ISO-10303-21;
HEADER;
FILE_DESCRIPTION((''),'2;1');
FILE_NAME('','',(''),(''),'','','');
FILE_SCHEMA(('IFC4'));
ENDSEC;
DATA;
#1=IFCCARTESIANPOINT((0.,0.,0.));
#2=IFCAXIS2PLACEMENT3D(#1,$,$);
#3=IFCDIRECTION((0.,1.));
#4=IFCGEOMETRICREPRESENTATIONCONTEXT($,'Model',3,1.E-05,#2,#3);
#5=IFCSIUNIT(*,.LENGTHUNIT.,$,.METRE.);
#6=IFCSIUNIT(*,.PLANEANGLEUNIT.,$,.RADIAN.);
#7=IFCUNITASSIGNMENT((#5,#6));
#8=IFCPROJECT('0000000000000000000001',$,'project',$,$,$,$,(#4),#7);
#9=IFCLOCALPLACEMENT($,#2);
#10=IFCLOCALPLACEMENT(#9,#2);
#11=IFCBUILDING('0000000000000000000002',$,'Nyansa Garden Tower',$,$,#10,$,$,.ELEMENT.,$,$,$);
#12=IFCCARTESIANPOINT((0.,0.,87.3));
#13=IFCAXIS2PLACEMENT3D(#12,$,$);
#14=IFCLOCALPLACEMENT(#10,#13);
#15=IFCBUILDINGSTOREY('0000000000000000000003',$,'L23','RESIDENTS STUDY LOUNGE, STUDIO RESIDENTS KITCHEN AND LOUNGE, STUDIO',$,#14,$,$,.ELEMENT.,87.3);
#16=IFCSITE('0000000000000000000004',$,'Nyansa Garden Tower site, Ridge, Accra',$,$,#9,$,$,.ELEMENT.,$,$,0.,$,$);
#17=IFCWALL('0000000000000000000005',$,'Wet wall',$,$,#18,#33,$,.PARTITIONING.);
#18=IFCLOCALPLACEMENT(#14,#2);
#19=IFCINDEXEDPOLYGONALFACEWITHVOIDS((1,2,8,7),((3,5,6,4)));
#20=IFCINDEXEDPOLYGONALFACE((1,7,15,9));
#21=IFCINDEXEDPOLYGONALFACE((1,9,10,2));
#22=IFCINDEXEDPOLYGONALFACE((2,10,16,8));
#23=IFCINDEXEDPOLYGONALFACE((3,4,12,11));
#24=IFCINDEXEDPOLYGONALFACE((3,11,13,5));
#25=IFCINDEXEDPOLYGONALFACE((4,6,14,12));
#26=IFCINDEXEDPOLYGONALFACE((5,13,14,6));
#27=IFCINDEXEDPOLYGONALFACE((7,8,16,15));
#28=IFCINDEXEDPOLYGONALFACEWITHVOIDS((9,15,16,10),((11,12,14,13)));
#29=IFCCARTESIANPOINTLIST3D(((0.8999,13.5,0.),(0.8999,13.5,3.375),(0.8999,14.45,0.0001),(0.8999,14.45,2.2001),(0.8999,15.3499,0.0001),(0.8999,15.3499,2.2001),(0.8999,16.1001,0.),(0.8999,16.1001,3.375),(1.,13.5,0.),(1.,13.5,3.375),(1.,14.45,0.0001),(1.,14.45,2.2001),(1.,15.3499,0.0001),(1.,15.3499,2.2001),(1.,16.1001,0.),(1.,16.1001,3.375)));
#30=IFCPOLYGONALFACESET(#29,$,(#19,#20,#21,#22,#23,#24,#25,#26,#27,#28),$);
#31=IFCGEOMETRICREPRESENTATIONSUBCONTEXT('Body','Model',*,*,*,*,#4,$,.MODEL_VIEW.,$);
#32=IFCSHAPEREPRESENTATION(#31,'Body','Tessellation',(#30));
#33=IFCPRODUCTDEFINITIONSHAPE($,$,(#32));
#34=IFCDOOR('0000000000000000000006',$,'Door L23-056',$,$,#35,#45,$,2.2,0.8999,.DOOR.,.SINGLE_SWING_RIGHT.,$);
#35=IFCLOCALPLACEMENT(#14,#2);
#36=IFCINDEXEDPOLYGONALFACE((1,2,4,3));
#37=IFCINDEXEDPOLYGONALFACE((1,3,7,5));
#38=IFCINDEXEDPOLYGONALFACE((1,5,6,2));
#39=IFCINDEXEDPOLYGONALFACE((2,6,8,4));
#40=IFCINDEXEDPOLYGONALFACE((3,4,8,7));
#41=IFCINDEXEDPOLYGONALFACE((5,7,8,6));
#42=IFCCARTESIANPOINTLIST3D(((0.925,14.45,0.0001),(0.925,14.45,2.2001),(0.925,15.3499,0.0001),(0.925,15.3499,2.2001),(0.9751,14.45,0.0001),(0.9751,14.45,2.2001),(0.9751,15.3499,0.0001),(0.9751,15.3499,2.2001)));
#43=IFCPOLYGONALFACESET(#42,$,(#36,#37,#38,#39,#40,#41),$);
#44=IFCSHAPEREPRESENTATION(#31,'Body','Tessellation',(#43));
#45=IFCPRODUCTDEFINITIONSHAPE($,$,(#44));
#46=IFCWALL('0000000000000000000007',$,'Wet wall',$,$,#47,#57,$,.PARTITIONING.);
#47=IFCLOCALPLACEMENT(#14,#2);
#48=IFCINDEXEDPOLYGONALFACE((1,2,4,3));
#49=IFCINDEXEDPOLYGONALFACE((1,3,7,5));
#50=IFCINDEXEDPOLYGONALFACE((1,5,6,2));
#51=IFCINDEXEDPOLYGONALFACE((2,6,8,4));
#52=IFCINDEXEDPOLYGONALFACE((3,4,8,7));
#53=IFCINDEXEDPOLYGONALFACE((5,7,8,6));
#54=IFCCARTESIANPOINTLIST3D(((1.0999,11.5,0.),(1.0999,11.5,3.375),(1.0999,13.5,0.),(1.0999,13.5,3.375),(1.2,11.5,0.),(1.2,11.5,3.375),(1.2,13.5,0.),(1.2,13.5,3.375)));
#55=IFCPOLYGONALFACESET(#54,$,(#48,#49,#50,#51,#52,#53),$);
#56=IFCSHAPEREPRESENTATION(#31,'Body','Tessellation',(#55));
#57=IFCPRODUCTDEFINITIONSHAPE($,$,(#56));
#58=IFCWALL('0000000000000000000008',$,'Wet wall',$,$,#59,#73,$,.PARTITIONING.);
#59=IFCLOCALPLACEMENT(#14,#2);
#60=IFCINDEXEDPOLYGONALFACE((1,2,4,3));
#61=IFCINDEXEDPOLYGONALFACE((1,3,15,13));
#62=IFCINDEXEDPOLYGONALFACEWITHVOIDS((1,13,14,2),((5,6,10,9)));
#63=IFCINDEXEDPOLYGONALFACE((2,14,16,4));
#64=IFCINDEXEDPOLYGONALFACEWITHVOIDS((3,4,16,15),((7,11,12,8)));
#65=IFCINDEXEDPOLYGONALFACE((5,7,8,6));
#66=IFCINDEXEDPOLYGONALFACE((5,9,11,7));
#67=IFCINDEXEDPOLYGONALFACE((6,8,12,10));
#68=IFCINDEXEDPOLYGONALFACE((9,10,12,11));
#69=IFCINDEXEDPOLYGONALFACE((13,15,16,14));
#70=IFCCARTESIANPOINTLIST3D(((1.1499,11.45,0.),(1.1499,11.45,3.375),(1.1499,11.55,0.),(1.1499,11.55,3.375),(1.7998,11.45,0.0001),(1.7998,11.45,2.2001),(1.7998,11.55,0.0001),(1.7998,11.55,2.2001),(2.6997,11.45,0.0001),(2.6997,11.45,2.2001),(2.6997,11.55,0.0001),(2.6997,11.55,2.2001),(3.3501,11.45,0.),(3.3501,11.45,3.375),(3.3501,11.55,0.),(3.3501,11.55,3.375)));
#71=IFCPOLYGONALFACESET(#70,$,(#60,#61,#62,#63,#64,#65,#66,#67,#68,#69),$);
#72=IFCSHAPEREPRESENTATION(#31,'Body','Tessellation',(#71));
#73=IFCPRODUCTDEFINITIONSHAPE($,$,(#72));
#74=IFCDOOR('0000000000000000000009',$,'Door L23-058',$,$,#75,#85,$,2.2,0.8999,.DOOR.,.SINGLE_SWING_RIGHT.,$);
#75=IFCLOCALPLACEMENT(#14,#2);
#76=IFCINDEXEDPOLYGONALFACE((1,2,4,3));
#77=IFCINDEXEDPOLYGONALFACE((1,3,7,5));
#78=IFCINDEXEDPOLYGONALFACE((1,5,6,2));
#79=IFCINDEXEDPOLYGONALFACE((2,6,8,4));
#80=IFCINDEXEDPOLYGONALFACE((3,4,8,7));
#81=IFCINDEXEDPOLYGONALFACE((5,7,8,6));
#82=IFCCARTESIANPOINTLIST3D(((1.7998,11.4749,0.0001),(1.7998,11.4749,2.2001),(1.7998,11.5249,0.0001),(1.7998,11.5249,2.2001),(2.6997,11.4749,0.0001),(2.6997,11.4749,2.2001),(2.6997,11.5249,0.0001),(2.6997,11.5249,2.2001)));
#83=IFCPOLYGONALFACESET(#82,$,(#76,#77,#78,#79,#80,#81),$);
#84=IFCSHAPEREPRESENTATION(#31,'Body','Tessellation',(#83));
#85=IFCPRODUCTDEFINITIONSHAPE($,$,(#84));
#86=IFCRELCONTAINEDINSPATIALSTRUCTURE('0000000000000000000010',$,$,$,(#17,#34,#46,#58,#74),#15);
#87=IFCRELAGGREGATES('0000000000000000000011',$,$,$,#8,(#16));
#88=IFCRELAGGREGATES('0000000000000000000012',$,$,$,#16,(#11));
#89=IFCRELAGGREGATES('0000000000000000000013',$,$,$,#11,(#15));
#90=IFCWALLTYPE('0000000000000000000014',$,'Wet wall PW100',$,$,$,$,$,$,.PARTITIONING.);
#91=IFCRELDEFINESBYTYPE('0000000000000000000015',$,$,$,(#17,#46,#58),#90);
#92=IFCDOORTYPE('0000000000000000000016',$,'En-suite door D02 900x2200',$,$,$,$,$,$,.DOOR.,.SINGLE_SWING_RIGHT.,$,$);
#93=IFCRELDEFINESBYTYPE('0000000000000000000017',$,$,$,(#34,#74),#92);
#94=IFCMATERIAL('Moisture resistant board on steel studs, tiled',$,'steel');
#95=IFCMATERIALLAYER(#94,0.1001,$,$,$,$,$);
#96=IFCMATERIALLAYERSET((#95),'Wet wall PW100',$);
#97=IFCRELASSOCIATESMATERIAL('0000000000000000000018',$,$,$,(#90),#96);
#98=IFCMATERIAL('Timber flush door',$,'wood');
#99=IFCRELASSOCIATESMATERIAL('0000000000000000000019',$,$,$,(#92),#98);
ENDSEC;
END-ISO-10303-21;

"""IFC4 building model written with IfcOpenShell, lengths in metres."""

from ifc_helpers import new_model, si_unit, direction, frame, frame_2d, origin, place, context, subcontext, project, spatial, rectangle, extrude, material, layer, layer_set, type_object, element, fill, save


model = new_model("IFC4")

# Units and contexts
model_context = context("Model", 3, precision=1e-05, world=origin(), true_north=direction((0.0, 1.0)))
body_context = subcontext(model_context, "Body", "Model", "MODEL_VIEW")
ifc_project = project(units=[si_unit("LENGTHUNIT", "METRE"), si_unit("PLANEANGLEUNIT", "RADIAN")], contexts=[model_context])

# Site, building, storey
site_placement = place(None, origin())
site = spatial("IfcSite", under=ifc_project, at=site_placement, Name="Nyansa Garden Tower site, Ridge, Accra", CompositionType="ELEMENT", RefElevation=0.0)
building_placement = place(site_placement, origin())
building = spatial("IfcBuilding", under=site, at=building_placement, Name="Nyansa Garden Tower", CompositionType="ELEMENT")
storey_placement = place(building_placement, frame((0.0, 0.0, 87.3)))
storey = spatial("IfcBuildingStorey", under=building, at=storey_placement, Name="L23", Description="RESIDENTS STUDY LOUNGE, STUDIO RESIDENTS KITCHEN AND LOUNGE, STUDIO", CompositionType="ELEMENT", Elevation=87.3)

# Shared definitions
ifc_material_1 = material(Name="Moisture resistant board on steel studs, tiled", Category="steel")
ifc_layer_1 = layer(ifc_material_1, 0.1001)
ifc_layer_set_1 = layer_set([ifc_layer_1], Name="Wet wall PW100")
wall_type_1 = type_object("IfcWallType", Name="Wet wall PW100", PredefinedType="PARTITIONING", material=ifc_layer_set_1)

# Wall, opening, door
wall_1_placement = place(storey_placement, frame((0.95, 13.5, 0.0), z_axis=(0.0, 0.0, 1.0), x_axis=(0.0, 1.0, 0.0)))
wall_1 = element("IfcWall", 1, at=wall_1_placement, inside=storey, type_object=wall_type_1, Name="Wet wall", PredefinedType="PARTITIONING", context=body_context, shape_type="SweptSolid", body=[
    extrude(rectangle(XDim=2.6001, YDim=0.1001, at=frame_2d((1.3, 0.0))), origin(), (0.0, 0.0, 1.0), 3.375),
])
opening_1_placement = place(wall_1_placement, frame((0.95, 0.0, 0.0)))
opening_1 = element("IfcOpeningElement", 2, at=opening_1_placement, cuts=wall_1, PredefinedType="OPENING", context=body_context, shape_type="SweptSolid", body=[
    extrude(rectangle(XDim=0.8999, YDim=2.2, at=frame_2d((0.45, 1.1001))), frame((0.0, 0.0601, 0.0), z_axis=(0.0, -1.0, 0.0), x_axis=(1.0, 0.0, 0.0)), (0.0, 0.0, 1.0), 0.1201),
])
ifc_material_2 = material(Name="Timber flush door", Category="wood")
door_type_1 = type_object("IfcDoorType", Name="En-suite door D02 900x2200", OperationType="SINGLE_SWING_RIGHT", PredefinedType="DOOR", material=ifc_material_2)
door_1_placement = place(opening_1_placement, origin())
door_1 = element("IfcDoor", 3, at=door_1_placement, inside=storey, type_object=door_type_1, Name="Door L23-056", OperationType="SINGLE_SWING_RIGHT", OverallHeight=2.2, OverallWidth=0.8999, PredefinedType="DOOR", context=body_context, shape_type="SweptSolid", body=[
    extrude(rectangle(XDim=0.8999, YDim=2.2, at=frame_2d((0.45, 1.1001))), frame((0.0, 0.0249, 0.0), z_axis=(0.0, -1.0, 0.0), x_axis=(1.0, 0.0, 0.0)), (0.0, 0.0, 1.0), 0.05),
])
fill(opening_1, door_1)

# Wall
wall_2_placement = place(storey_placement, frame((1.1499, 11.5, 0.0), z_axis=(0.0, 0.0, 1.0), x_axis=(0.0, 1.0, 0.0)))
element("IfcWall", 4, at=wall_2_placement, inside=storey, type_object=wall_type_1, Name="Wet wall", PredefinedType="PARTITIONING", context=body_context, shape_type="SweptSolid", body=[
    extrude(rectangle(XDim=2.0, YDim=0.1001, at=frame_2d((1.0, 0.0))), origin(), (0.0, 0.0, 1.0), 3.375),
])

# Wall, opening, door
wall_3_placement = place(storey_placement, frame((1.1499, 11.5, 0.0), z_axis=(0.0, 0.0, 1.0), x_axis=(1.0, 0.0, 0.0)))
wall_3 = element("IfcWall", 5, at=wall_3_placement, inside=storey, type_object=wall_type_1, Name="Wet wall", PredefinedType="PARTITIONING", context=body_context, shape_type="SweptSolid", body=[
    extrude(rectangle(XDim=2.2002, YDim=0.1001, at=frame_2d((1.1001, 0.0))), origin(), (0.0, 0.0, 1.0), 3.375),
])
opening_2_placement = place(wall_3_placement, frame((0.6499, 0.0, 0.0)))
opening_2 = element("IfcOpeningElement", 6, at=opening_2_placement, cuts=wall_3, PredefinedType="OPENING", context=body_context, shape_type="SweptSolid", body=[
    extrude(rectangle(XDim=0.8999, YDim=2.2, at=frame_2d((0.45, 1.1001))), frame((0.0, 0.0601, 0.0), z_axis=(0.0, -1.0, 0.0), x_axis=(1.0, 0.0, 0.0)), (0.0, 0.0, 1.0), 0.1201),
])
door_2_placement = place(opening_2_placement, origin())
door_2 = element("IfcDoor", 7, at=door_2_placement, inside=storey, type_object=door_type_1, Name="Door L23-058", OperationType="SINGLE_SWING_RIGHT", OverallHeight=2.2, OverallWidth=0.8999, PredefinedType="DOOR", context=body_context, shape_type="SweptSolid", body=[
    extrude(rectangle(XDim=0.8999, YDim=2.2, at=frame_2d((0.45, 1.1001))), frame((0.0, 0.0249, 0.0), z_axis=(0.0, -1.0, 0.0), x_axis=(1.0, 0.0, 0.0)), (0.0, 0.0, 1.0), 0.05),
])
fill(opening_2, door_2)

save(model, "model.ifc")
